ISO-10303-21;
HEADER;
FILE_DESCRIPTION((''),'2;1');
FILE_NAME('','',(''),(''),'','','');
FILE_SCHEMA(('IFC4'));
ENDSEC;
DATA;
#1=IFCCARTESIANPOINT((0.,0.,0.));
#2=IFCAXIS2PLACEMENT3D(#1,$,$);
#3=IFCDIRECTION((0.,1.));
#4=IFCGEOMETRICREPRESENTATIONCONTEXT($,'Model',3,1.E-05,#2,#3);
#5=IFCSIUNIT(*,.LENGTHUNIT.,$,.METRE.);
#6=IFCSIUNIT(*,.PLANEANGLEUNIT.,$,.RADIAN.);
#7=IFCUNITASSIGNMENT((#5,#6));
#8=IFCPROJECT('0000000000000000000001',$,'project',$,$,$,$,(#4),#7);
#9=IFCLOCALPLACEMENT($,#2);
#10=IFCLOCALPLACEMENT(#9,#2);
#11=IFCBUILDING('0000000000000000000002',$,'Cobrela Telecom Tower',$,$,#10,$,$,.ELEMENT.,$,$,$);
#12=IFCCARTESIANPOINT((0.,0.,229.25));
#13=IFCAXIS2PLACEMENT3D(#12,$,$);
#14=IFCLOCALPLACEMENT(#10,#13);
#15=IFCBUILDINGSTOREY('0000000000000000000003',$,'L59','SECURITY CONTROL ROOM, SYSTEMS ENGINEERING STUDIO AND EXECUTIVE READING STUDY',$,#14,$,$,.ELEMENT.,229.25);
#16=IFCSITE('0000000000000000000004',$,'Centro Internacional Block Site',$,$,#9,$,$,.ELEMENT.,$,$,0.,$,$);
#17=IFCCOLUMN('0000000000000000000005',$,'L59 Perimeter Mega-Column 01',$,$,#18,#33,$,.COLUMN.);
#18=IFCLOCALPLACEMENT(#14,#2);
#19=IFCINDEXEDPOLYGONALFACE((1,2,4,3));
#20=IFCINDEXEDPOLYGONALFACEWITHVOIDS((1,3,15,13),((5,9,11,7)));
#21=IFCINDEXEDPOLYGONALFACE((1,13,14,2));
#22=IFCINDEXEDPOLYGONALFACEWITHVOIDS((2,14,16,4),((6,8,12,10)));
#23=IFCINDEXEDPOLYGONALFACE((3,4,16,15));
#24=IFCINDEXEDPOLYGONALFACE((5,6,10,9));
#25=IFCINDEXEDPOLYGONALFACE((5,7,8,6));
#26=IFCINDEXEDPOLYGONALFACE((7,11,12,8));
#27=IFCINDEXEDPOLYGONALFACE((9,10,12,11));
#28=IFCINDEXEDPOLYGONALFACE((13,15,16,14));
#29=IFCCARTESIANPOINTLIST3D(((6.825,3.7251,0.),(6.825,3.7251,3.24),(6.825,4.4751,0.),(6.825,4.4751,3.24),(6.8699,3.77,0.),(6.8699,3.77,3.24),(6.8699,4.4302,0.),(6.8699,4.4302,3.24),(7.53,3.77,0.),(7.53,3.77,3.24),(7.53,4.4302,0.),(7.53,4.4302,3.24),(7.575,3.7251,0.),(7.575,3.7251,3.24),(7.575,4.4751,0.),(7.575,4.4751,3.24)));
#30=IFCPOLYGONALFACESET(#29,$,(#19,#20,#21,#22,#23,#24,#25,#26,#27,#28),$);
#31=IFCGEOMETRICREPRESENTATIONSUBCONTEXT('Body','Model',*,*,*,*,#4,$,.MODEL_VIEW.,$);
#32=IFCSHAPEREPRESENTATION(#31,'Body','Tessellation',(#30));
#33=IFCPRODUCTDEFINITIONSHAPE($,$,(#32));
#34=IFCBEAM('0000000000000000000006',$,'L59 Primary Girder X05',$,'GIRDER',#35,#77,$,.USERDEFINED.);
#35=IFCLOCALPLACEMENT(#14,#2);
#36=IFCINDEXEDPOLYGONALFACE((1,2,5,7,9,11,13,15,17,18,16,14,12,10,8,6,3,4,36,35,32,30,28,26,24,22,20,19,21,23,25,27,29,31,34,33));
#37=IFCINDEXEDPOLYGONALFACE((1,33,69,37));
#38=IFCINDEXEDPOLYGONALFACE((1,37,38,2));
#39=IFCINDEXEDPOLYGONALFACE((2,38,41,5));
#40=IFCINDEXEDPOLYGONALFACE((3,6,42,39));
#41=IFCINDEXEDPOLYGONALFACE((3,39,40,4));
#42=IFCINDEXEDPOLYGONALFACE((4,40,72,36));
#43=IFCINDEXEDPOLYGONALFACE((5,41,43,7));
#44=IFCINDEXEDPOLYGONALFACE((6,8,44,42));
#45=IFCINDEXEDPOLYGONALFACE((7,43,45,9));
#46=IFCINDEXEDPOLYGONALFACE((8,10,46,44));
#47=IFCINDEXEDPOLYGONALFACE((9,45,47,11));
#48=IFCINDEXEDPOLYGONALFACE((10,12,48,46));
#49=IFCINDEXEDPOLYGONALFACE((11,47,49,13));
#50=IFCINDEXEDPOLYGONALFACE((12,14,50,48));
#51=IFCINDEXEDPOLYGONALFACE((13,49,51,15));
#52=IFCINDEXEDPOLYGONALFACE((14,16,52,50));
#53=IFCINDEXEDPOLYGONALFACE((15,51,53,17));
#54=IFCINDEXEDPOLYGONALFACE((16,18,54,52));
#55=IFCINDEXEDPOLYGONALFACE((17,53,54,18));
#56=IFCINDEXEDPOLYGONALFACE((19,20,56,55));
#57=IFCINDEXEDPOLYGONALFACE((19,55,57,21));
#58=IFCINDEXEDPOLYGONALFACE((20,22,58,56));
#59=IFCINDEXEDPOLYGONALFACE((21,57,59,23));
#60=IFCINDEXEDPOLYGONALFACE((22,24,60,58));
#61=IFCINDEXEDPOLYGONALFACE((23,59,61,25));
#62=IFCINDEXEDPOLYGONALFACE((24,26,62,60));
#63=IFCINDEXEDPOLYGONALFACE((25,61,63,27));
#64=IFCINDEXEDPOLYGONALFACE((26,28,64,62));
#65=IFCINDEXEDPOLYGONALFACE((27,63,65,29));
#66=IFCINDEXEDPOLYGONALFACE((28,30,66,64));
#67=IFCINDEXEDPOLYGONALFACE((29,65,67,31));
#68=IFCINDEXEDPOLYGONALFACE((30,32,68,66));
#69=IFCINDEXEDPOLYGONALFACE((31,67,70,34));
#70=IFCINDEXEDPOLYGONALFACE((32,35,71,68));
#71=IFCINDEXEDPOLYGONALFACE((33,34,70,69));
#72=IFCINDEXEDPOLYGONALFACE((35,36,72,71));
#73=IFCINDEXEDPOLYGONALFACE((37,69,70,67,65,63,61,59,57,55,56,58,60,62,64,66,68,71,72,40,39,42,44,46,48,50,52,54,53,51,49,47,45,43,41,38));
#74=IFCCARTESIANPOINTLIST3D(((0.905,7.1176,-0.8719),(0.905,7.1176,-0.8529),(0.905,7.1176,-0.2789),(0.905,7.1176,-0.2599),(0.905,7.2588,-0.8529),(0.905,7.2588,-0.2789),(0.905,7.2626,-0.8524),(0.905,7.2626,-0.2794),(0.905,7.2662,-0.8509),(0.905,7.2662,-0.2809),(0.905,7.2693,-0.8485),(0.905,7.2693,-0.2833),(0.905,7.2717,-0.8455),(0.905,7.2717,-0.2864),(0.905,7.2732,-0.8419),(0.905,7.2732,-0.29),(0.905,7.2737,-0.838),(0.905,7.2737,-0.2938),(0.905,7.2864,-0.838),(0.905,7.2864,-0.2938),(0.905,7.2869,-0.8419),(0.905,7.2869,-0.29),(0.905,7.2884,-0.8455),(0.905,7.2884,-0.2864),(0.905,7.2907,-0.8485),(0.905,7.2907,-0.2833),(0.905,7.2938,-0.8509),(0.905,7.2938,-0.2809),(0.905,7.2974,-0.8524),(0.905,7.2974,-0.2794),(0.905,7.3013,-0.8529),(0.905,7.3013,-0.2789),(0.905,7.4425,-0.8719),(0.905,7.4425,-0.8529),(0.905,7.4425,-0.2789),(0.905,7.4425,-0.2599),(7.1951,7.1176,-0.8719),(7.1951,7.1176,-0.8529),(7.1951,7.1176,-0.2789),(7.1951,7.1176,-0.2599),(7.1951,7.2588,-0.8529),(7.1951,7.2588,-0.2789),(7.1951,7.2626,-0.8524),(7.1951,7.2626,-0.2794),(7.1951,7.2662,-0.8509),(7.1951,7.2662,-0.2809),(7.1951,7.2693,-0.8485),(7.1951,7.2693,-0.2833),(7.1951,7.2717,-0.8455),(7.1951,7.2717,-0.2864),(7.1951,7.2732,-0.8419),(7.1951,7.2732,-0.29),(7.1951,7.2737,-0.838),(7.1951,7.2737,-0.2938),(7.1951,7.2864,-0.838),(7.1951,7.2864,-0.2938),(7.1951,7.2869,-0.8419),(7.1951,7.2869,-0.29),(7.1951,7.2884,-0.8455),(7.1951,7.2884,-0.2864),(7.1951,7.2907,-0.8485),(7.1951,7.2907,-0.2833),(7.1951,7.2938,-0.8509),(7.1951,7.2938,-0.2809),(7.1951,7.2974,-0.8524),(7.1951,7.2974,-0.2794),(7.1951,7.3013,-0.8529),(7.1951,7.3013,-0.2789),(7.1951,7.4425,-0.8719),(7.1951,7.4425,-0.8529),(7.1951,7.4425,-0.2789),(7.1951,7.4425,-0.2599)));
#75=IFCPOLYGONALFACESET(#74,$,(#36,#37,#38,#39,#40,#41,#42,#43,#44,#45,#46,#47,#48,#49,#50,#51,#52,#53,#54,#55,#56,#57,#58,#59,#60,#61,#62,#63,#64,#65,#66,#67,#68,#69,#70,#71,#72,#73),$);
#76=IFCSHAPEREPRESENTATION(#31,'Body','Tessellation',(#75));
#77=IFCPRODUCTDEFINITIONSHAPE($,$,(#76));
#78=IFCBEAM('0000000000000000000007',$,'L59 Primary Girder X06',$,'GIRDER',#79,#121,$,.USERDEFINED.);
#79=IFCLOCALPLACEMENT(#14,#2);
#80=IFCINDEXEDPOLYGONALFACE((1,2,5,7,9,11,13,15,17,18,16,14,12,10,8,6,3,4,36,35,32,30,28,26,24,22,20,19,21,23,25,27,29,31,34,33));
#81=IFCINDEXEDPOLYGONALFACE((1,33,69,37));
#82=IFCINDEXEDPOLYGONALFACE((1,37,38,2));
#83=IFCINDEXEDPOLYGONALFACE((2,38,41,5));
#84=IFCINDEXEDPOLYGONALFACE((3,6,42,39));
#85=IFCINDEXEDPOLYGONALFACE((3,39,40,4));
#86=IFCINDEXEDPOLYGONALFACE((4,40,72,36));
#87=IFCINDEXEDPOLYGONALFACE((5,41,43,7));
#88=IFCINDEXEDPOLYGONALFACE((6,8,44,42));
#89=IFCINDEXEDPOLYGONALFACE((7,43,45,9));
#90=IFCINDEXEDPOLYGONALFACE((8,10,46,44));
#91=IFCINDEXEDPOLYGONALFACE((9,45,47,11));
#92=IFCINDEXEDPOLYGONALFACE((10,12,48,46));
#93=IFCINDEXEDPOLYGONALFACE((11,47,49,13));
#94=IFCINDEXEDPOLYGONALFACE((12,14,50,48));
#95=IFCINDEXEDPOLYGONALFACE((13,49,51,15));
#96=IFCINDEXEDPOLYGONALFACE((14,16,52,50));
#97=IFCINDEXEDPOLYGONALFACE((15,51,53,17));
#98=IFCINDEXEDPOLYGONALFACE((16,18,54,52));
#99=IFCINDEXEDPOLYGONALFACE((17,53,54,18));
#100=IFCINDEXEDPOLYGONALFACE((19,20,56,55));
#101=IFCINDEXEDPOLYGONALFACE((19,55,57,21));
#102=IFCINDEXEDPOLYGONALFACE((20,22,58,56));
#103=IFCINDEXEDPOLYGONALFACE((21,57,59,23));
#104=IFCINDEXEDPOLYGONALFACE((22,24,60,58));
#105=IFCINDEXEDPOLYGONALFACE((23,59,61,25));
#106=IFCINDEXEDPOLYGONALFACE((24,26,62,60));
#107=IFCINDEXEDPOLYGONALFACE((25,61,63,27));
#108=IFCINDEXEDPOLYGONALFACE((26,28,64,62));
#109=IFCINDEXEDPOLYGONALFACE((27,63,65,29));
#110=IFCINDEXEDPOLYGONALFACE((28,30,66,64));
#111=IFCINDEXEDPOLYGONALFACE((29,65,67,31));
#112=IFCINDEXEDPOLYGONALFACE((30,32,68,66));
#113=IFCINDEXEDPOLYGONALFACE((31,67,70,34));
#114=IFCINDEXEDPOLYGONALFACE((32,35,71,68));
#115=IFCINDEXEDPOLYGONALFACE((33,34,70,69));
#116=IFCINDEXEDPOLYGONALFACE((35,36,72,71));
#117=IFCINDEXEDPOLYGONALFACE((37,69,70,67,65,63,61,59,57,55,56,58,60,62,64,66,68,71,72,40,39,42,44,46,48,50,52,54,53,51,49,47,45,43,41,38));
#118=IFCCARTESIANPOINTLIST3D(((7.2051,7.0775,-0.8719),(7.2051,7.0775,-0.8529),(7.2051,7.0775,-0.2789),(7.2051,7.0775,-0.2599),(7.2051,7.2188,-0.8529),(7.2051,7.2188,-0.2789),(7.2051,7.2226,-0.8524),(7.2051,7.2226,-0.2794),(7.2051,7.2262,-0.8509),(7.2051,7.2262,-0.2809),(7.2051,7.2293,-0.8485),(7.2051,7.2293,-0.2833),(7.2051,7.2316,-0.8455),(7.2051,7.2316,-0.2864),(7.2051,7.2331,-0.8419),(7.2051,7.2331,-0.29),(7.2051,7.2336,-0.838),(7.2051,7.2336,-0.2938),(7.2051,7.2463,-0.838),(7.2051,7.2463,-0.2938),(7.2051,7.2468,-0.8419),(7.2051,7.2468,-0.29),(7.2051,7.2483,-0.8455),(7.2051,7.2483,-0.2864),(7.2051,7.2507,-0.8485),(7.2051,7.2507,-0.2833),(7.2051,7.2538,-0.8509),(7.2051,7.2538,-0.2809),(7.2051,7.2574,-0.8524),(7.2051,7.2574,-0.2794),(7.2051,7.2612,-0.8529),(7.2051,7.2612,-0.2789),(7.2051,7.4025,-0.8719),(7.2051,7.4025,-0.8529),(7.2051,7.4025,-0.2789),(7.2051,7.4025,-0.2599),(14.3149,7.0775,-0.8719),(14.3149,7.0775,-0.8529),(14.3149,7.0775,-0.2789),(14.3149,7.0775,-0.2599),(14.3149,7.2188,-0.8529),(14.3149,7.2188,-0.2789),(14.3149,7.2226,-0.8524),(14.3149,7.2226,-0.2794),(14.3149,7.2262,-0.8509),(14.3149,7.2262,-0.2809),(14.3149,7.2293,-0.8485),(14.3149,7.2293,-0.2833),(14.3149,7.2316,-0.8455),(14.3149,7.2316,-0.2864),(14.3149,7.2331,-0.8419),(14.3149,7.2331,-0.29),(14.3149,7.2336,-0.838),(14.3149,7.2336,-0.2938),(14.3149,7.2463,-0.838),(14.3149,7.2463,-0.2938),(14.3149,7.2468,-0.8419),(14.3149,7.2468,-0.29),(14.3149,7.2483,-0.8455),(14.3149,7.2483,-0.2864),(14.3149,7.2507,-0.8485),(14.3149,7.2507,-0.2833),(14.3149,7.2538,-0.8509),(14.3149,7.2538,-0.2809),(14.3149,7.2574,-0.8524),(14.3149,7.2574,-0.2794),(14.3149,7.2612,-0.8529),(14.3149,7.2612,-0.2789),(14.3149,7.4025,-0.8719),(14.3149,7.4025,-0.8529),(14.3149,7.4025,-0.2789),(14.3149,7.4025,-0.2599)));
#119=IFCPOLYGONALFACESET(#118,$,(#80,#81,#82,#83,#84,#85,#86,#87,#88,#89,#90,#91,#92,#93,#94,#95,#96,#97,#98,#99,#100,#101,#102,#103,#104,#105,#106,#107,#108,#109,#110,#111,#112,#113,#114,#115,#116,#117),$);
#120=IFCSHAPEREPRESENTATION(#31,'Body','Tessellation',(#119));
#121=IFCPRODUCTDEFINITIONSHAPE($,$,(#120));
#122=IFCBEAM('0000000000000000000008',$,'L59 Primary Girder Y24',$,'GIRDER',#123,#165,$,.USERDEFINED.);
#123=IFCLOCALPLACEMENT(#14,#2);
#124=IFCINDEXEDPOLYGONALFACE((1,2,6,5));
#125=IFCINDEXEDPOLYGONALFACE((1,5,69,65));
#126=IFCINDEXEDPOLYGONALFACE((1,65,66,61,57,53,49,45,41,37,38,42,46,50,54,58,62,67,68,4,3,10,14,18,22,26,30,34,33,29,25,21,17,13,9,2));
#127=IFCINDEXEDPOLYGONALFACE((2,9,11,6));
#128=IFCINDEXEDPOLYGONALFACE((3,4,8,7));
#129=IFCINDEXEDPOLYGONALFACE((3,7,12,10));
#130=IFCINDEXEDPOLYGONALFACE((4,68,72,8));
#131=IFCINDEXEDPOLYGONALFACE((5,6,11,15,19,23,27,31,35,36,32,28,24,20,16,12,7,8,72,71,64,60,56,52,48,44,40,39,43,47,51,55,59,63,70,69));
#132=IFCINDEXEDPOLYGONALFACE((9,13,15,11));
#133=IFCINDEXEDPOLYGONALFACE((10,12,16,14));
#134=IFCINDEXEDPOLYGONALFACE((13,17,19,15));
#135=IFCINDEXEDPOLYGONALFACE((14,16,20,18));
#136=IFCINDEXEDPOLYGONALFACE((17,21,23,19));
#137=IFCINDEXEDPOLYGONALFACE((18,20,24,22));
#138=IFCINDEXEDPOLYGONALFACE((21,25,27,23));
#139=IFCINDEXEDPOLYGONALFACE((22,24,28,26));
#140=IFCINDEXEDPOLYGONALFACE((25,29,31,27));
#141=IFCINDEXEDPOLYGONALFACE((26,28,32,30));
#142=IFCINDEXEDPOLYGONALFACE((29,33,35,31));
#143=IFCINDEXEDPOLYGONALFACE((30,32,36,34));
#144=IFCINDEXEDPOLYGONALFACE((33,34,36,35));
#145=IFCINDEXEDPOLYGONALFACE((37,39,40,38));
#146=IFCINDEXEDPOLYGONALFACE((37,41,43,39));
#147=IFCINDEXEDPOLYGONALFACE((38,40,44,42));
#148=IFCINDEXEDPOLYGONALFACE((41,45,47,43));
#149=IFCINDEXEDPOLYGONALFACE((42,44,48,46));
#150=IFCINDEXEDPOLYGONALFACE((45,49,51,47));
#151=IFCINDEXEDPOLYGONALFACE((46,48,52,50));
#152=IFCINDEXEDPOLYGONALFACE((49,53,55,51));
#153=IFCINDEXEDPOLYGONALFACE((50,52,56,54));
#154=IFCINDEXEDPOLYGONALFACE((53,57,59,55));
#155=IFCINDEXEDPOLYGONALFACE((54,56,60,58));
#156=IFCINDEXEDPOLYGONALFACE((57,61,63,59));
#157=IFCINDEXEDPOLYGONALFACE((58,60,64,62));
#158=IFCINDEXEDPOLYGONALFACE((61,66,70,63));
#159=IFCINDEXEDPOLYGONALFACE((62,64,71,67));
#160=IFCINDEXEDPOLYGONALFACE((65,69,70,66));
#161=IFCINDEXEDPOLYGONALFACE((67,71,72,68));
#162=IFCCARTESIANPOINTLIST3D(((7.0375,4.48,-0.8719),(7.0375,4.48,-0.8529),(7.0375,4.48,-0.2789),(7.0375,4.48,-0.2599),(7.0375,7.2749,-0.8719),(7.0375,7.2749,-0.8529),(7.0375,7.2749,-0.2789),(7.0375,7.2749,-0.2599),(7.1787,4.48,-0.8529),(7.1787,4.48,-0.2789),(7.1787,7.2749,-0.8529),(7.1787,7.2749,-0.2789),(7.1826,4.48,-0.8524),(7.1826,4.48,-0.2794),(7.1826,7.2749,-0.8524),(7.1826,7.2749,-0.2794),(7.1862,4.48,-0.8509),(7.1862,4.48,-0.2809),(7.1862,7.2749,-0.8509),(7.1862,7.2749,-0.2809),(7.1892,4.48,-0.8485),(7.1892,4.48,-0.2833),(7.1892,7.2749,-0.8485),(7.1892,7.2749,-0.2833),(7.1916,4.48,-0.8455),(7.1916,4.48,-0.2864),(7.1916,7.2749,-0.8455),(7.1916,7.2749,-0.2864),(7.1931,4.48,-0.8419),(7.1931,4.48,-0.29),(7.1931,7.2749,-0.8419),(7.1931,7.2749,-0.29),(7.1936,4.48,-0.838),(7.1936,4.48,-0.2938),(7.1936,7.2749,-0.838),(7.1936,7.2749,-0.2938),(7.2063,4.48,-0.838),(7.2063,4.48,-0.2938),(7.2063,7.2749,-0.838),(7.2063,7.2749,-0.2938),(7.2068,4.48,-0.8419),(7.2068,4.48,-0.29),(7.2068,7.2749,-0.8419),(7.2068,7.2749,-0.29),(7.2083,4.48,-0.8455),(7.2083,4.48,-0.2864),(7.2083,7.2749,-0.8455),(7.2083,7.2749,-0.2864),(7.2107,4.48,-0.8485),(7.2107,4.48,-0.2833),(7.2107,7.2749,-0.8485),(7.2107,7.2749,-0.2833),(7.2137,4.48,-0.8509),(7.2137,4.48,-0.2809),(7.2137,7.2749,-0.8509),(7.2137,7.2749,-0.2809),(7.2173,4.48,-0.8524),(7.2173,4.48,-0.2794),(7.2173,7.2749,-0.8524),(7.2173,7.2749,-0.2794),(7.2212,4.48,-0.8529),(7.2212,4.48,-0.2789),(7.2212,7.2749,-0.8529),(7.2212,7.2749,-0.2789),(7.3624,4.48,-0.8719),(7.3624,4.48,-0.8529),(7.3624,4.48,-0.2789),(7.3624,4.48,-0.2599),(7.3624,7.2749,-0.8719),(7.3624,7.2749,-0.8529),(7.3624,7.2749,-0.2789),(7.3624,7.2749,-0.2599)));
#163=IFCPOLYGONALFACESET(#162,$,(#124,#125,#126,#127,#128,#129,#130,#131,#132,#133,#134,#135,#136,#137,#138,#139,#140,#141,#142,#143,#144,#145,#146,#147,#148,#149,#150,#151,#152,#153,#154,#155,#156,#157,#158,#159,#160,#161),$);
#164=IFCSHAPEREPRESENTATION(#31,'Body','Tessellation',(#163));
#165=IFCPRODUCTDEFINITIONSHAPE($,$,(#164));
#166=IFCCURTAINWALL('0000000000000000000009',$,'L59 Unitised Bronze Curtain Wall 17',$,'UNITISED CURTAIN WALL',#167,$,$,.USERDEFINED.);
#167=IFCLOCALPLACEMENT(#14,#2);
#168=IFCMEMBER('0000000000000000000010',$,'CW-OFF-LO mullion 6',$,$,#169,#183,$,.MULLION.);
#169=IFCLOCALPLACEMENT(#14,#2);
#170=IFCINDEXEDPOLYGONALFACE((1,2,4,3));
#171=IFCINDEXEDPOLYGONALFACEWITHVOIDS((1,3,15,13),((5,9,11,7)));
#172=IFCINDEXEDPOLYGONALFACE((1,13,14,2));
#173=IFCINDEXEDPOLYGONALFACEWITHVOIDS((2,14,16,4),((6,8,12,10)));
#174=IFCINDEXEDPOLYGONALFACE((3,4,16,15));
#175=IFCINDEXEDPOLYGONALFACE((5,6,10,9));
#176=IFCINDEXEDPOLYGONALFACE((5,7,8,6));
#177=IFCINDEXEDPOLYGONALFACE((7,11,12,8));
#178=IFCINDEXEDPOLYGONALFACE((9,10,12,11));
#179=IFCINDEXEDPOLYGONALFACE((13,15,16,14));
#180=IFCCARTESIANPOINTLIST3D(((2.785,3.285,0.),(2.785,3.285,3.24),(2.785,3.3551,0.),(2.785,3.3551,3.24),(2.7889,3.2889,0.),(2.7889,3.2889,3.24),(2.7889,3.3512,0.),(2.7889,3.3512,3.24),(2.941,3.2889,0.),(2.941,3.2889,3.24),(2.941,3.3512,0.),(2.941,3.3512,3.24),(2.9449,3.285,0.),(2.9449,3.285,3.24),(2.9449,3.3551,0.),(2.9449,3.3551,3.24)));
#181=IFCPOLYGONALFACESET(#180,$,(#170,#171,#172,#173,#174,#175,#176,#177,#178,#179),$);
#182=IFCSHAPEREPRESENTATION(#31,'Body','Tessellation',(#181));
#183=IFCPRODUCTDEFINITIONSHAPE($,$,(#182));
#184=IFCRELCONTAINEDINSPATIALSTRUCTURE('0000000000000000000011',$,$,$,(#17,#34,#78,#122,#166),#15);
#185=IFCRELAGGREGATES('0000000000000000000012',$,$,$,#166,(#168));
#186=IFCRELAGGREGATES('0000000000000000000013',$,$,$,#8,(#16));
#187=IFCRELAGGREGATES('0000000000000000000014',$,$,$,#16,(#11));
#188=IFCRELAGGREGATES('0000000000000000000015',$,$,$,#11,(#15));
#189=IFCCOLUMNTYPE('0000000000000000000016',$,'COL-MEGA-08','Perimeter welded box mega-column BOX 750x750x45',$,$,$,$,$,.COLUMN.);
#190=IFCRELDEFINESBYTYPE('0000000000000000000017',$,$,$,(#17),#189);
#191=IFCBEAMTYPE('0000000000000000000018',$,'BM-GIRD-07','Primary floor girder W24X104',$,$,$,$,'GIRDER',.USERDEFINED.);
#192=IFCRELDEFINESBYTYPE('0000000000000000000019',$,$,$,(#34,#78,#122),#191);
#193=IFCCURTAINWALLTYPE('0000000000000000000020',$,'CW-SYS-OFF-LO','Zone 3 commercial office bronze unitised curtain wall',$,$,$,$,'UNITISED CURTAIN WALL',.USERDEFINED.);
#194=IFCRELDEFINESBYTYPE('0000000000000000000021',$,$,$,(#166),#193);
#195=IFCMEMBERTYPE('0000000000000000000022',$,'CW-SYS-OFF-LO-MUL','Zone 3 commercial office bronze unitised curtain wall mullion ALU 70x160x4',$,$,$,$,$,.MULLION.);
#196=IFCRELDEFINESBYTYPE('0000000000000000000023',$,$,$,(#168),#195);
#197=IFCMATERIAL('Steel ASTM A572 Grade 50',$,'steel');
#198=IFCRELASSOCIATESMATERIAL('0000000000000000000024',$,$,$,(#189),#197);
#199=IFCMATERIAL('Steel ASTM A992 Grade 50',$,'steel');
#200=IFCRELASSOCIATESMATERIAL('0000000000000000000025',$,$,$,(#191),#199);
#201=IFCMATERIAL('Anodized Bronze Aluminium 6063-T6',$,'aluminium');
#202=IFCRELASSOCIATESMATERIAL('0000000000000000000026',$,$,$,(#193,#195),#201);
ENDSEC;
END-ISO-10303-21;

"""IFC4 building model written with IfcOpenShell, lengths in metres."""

from ifc_helpers import new_model, si_unit, direction, frame, origin, origin_2d, place, context, subcontext, project, spatial, hollow_rectangle, i_section, extrude, material, material_profile, profile_set, type_object, element, aggregate, save


model = new_model("IFC4")

# Units and contexts
model_context = context("Model", 3, precision=1e-05, world=origin(), true_north=direction((0.0, 1.0)))
body_context = subcontext(model_context, "Body", "Model", "MODEL_VIEW")
ifc_project = project(units=[si_unit("LENGTHUNIT", "METRE"), si_unit("PLANEANGLEUNIT", "RADIAN")], contexts=[model_context])

# Site, building, storey
site_placement = place(None, origin())
site = spatial("IfcSite", under=ifc_project, at=site_placement, Name="Centro Internacional Block Site", CompositionType="ELEMENT", RefElevation=0.0)
building_placement = place(site_placement, origin())
building = spatial("IfcBuilding", under=site, at=building_placement, Name="Cobrela Telecom Tower", CompositionType="ELEMENT")
storey_placement = place(building_placement, frame((0.0, 0.0, 229.25)))
storey = spatial("IfcBuildingStorey", under=building, at=storey_placement, Name="L59", Description="SECURITY CONTROL ROOM, SYSTEMS ENGINEERING STUDIO AND EXECUTIVE READING STUDY", CompositionType="ELEMENT", Elevation=229.25)

# Column
ifc_material_1 = material(Name="Steel ASTM A572 Grade 50", Category="steel")
ifc_material_profile_1 = material_profile(ifc_material_1, hollow_rectangle(XDim=0.75, YDim=0.75, WallThickness=0.0449, at=origin_2d()), Name="BOX 750x750x45")
ifc_profile_set_1 = profile_set([ifc_material_profile_1], Name="Steel ASTM A572 Grade 50")
column_type = type_object("IfcColumnType", Name="COL-MEGA-08", Description="Perimeter welded box mega-column BOX 750x750x45", PredefinedType="COLUMN", material=ifc_profile_set_1)
column_placement = place(storey_placement, frame((7.2, 4.1001, 0.0), z_axis=(0.0, 0.0, 1.0), x_axis=(1.0, 0.0, 0.0)))
element("IfcColumn", 1, at=column_placement, inside=storey, type_object=column_type, Name="L59 Perimeter Mega-Column 01", PredefinedType="COLUMN", context=body_context, shape_type="SweptSolid", body=[
    extrude(hollow_rectangle(XDim=0.75, YDim=0.75, WallThickness=0.0449, at=origin_2d()), origin(), (0.0, 0.0, 1.0), 3.24),
])

# Beams
ifc_material_2 = material(Name="Steel ASTM A992 Grade 50", Category="steel")
ifc_material_profile_2 = material_profile(ifc_material_2, i_section(OverallWidth=0.325, OverallDepth=0.6121, WebThickness=0.0127, FlangeThickness=0.019, FilletRadius=0.0149, at=origin_2d()), Name="W24X104")
ifc_profile_set_2 = profile_set([ifc_material_profile_2], Name="Steel ASTM A992 Grade 50")
beam_type = type_object("IfcBeamType", Name="BM-GIRD-07", Description="Primary floor girder W24X104", ElementType="GIRDER", PredefinedType="USERDEFINED", material=ifc_profile_set_2)
beam_1_placement = place(storey_placement, frame((0.905, 7.28, -0.5659), z_axis=(1.0, 0.0, 0.0), x_axis=(0.0, 1.0, 0.0)))
element("IfcBeam", 2, at=beam_1_placement, inside=storey, type_object=beam_type, Name="L59 Primary Girder X05", ObjectType="GIRDER", PredefinedType="USERDEFINED", context=body_context, shape_type="SweptSolid", body=[
    extrude(i_section(OverallWidth=0.325, OverallDepth=0.6121, WebThickness=0.0127, FlangeThickness=0.019, FilletRadius=0.0149, at=origin_2d()), origin(), (0.0, 0.0, 1.0), 6.29),
])
beam_2_placement = place(storey_placement, frame((7.2051, 7.24, -0.5659), z_axis=(1.0, 0.0, 0.0), x_axis=(0.0, 1.0, 0.0)))
element("IfcBeam", 3, at=beam_2_placement, inside=storey, type_object=beam_type, Name="L59 Primary Girder X06", ObjectType="GIRDER", PredefinedType="USERDEFINED", context=body_context, shape_type="SweptSolid", body=[
    extrude(i_section(OverallWidth=0.325, OverallDepth=0.6121, WebThickness=0.0127, FlangeThickness=0.019, FilletRadius=0.0149, at=origin_2d()), origin(), (0.0, 0.0, 1.0), 7.1099),
])
beam_3_placement = place(storey_placement, frame((7.2, 4.48, -0.5659), z_axis=(0.0, 1.0, 0.0), x_axis=(-1.0, 0.0, 0.0)))
element("IfcBeam", 4, at=beam_3_placement, inside=storey, type_object=beam_type, Name="L59 Primary Girder Y24", ObjectType="GIRDER", PredefinedType="USERDEFINED", context=body_context, shape_type="SweptSolid", body=[
    extrude(i_section(OverallWidth=0.325, OverallDepth=0.6121, WebThickness=0.0127, FlangeThickness=0.019, FilletRadius=0.0149, at=origin_2d()), origin(), (0.0, 0.0, 1.0), 2.7949),
])

# Curtain wall, member
ifc_material_3 = material(Name="Anodized Bronze Aluminium 6063-T6", Category="aluminium")
curtain_wall_type = type_object("IfcCurtainWallType", Name="CW-SYS-OFF-LO", Description="Zone 3 commercial office bronze unitised curtain wall", ElementType="UNITISED CURTAIN WALL", PredefinedType="USERDEFINED", material=ifc_material_3)
curtain_wall_placement = place(storey_placement, origin())
curtain_wall = element("IfcCurtainWall", 5, at=curtain_wall_placement, inside=storey, type_object=curtain_wall_type, Name="L59 Unitised Bronze Curtain Wall 17", ObjectType="UNITISED CURTAIN WALL", PredefinedType="USERDEFINED")
ifc_material_profile_3 = material_profile(ifc_material_3, hollow_rectangle(XDim=0.0701, YDim=0.1599, WallThickness=0.0039, at=origin_2d()), Name="ALU 70x160x4")
ifc_profile_set_3 = profile_set([ifc_material_profile_3], Name="Anodized Bronze Aluminium 6063-T6")
member_type = type_object("IfcMemberType", Name="CW-SYS-OFF-LO-MUL", Description="Zone 3 commercial office bronze unitised curtain wall mullion ALU 70x160x4", PredefinedType="MULLION", material=ifc_profile_set_3)
member_placement = place(storey_placement, frame((2.865, 3.3201, 0.0), z_axis=(0.0, 0.0, 1.0), x_axis=(0.0, -1.0, 0.0)))
member = element("IfcMember", 6, at=member_placement, type_object=member_type, Name="CW-OFF-LO mullion 6", PredefinedType="MULLION", context=body_context, shape_type="SweptSolid", body=[
    extrude(hollow_rectangle(XDim=0.0701, YDim=0.1599, WallThickness=0.0039, at=origin_2d()), origin(), (0.0, 0.0, 1.0), 3.24),
])
aggregate(curtain_wall, [member])

save(model, "model.ifc")
